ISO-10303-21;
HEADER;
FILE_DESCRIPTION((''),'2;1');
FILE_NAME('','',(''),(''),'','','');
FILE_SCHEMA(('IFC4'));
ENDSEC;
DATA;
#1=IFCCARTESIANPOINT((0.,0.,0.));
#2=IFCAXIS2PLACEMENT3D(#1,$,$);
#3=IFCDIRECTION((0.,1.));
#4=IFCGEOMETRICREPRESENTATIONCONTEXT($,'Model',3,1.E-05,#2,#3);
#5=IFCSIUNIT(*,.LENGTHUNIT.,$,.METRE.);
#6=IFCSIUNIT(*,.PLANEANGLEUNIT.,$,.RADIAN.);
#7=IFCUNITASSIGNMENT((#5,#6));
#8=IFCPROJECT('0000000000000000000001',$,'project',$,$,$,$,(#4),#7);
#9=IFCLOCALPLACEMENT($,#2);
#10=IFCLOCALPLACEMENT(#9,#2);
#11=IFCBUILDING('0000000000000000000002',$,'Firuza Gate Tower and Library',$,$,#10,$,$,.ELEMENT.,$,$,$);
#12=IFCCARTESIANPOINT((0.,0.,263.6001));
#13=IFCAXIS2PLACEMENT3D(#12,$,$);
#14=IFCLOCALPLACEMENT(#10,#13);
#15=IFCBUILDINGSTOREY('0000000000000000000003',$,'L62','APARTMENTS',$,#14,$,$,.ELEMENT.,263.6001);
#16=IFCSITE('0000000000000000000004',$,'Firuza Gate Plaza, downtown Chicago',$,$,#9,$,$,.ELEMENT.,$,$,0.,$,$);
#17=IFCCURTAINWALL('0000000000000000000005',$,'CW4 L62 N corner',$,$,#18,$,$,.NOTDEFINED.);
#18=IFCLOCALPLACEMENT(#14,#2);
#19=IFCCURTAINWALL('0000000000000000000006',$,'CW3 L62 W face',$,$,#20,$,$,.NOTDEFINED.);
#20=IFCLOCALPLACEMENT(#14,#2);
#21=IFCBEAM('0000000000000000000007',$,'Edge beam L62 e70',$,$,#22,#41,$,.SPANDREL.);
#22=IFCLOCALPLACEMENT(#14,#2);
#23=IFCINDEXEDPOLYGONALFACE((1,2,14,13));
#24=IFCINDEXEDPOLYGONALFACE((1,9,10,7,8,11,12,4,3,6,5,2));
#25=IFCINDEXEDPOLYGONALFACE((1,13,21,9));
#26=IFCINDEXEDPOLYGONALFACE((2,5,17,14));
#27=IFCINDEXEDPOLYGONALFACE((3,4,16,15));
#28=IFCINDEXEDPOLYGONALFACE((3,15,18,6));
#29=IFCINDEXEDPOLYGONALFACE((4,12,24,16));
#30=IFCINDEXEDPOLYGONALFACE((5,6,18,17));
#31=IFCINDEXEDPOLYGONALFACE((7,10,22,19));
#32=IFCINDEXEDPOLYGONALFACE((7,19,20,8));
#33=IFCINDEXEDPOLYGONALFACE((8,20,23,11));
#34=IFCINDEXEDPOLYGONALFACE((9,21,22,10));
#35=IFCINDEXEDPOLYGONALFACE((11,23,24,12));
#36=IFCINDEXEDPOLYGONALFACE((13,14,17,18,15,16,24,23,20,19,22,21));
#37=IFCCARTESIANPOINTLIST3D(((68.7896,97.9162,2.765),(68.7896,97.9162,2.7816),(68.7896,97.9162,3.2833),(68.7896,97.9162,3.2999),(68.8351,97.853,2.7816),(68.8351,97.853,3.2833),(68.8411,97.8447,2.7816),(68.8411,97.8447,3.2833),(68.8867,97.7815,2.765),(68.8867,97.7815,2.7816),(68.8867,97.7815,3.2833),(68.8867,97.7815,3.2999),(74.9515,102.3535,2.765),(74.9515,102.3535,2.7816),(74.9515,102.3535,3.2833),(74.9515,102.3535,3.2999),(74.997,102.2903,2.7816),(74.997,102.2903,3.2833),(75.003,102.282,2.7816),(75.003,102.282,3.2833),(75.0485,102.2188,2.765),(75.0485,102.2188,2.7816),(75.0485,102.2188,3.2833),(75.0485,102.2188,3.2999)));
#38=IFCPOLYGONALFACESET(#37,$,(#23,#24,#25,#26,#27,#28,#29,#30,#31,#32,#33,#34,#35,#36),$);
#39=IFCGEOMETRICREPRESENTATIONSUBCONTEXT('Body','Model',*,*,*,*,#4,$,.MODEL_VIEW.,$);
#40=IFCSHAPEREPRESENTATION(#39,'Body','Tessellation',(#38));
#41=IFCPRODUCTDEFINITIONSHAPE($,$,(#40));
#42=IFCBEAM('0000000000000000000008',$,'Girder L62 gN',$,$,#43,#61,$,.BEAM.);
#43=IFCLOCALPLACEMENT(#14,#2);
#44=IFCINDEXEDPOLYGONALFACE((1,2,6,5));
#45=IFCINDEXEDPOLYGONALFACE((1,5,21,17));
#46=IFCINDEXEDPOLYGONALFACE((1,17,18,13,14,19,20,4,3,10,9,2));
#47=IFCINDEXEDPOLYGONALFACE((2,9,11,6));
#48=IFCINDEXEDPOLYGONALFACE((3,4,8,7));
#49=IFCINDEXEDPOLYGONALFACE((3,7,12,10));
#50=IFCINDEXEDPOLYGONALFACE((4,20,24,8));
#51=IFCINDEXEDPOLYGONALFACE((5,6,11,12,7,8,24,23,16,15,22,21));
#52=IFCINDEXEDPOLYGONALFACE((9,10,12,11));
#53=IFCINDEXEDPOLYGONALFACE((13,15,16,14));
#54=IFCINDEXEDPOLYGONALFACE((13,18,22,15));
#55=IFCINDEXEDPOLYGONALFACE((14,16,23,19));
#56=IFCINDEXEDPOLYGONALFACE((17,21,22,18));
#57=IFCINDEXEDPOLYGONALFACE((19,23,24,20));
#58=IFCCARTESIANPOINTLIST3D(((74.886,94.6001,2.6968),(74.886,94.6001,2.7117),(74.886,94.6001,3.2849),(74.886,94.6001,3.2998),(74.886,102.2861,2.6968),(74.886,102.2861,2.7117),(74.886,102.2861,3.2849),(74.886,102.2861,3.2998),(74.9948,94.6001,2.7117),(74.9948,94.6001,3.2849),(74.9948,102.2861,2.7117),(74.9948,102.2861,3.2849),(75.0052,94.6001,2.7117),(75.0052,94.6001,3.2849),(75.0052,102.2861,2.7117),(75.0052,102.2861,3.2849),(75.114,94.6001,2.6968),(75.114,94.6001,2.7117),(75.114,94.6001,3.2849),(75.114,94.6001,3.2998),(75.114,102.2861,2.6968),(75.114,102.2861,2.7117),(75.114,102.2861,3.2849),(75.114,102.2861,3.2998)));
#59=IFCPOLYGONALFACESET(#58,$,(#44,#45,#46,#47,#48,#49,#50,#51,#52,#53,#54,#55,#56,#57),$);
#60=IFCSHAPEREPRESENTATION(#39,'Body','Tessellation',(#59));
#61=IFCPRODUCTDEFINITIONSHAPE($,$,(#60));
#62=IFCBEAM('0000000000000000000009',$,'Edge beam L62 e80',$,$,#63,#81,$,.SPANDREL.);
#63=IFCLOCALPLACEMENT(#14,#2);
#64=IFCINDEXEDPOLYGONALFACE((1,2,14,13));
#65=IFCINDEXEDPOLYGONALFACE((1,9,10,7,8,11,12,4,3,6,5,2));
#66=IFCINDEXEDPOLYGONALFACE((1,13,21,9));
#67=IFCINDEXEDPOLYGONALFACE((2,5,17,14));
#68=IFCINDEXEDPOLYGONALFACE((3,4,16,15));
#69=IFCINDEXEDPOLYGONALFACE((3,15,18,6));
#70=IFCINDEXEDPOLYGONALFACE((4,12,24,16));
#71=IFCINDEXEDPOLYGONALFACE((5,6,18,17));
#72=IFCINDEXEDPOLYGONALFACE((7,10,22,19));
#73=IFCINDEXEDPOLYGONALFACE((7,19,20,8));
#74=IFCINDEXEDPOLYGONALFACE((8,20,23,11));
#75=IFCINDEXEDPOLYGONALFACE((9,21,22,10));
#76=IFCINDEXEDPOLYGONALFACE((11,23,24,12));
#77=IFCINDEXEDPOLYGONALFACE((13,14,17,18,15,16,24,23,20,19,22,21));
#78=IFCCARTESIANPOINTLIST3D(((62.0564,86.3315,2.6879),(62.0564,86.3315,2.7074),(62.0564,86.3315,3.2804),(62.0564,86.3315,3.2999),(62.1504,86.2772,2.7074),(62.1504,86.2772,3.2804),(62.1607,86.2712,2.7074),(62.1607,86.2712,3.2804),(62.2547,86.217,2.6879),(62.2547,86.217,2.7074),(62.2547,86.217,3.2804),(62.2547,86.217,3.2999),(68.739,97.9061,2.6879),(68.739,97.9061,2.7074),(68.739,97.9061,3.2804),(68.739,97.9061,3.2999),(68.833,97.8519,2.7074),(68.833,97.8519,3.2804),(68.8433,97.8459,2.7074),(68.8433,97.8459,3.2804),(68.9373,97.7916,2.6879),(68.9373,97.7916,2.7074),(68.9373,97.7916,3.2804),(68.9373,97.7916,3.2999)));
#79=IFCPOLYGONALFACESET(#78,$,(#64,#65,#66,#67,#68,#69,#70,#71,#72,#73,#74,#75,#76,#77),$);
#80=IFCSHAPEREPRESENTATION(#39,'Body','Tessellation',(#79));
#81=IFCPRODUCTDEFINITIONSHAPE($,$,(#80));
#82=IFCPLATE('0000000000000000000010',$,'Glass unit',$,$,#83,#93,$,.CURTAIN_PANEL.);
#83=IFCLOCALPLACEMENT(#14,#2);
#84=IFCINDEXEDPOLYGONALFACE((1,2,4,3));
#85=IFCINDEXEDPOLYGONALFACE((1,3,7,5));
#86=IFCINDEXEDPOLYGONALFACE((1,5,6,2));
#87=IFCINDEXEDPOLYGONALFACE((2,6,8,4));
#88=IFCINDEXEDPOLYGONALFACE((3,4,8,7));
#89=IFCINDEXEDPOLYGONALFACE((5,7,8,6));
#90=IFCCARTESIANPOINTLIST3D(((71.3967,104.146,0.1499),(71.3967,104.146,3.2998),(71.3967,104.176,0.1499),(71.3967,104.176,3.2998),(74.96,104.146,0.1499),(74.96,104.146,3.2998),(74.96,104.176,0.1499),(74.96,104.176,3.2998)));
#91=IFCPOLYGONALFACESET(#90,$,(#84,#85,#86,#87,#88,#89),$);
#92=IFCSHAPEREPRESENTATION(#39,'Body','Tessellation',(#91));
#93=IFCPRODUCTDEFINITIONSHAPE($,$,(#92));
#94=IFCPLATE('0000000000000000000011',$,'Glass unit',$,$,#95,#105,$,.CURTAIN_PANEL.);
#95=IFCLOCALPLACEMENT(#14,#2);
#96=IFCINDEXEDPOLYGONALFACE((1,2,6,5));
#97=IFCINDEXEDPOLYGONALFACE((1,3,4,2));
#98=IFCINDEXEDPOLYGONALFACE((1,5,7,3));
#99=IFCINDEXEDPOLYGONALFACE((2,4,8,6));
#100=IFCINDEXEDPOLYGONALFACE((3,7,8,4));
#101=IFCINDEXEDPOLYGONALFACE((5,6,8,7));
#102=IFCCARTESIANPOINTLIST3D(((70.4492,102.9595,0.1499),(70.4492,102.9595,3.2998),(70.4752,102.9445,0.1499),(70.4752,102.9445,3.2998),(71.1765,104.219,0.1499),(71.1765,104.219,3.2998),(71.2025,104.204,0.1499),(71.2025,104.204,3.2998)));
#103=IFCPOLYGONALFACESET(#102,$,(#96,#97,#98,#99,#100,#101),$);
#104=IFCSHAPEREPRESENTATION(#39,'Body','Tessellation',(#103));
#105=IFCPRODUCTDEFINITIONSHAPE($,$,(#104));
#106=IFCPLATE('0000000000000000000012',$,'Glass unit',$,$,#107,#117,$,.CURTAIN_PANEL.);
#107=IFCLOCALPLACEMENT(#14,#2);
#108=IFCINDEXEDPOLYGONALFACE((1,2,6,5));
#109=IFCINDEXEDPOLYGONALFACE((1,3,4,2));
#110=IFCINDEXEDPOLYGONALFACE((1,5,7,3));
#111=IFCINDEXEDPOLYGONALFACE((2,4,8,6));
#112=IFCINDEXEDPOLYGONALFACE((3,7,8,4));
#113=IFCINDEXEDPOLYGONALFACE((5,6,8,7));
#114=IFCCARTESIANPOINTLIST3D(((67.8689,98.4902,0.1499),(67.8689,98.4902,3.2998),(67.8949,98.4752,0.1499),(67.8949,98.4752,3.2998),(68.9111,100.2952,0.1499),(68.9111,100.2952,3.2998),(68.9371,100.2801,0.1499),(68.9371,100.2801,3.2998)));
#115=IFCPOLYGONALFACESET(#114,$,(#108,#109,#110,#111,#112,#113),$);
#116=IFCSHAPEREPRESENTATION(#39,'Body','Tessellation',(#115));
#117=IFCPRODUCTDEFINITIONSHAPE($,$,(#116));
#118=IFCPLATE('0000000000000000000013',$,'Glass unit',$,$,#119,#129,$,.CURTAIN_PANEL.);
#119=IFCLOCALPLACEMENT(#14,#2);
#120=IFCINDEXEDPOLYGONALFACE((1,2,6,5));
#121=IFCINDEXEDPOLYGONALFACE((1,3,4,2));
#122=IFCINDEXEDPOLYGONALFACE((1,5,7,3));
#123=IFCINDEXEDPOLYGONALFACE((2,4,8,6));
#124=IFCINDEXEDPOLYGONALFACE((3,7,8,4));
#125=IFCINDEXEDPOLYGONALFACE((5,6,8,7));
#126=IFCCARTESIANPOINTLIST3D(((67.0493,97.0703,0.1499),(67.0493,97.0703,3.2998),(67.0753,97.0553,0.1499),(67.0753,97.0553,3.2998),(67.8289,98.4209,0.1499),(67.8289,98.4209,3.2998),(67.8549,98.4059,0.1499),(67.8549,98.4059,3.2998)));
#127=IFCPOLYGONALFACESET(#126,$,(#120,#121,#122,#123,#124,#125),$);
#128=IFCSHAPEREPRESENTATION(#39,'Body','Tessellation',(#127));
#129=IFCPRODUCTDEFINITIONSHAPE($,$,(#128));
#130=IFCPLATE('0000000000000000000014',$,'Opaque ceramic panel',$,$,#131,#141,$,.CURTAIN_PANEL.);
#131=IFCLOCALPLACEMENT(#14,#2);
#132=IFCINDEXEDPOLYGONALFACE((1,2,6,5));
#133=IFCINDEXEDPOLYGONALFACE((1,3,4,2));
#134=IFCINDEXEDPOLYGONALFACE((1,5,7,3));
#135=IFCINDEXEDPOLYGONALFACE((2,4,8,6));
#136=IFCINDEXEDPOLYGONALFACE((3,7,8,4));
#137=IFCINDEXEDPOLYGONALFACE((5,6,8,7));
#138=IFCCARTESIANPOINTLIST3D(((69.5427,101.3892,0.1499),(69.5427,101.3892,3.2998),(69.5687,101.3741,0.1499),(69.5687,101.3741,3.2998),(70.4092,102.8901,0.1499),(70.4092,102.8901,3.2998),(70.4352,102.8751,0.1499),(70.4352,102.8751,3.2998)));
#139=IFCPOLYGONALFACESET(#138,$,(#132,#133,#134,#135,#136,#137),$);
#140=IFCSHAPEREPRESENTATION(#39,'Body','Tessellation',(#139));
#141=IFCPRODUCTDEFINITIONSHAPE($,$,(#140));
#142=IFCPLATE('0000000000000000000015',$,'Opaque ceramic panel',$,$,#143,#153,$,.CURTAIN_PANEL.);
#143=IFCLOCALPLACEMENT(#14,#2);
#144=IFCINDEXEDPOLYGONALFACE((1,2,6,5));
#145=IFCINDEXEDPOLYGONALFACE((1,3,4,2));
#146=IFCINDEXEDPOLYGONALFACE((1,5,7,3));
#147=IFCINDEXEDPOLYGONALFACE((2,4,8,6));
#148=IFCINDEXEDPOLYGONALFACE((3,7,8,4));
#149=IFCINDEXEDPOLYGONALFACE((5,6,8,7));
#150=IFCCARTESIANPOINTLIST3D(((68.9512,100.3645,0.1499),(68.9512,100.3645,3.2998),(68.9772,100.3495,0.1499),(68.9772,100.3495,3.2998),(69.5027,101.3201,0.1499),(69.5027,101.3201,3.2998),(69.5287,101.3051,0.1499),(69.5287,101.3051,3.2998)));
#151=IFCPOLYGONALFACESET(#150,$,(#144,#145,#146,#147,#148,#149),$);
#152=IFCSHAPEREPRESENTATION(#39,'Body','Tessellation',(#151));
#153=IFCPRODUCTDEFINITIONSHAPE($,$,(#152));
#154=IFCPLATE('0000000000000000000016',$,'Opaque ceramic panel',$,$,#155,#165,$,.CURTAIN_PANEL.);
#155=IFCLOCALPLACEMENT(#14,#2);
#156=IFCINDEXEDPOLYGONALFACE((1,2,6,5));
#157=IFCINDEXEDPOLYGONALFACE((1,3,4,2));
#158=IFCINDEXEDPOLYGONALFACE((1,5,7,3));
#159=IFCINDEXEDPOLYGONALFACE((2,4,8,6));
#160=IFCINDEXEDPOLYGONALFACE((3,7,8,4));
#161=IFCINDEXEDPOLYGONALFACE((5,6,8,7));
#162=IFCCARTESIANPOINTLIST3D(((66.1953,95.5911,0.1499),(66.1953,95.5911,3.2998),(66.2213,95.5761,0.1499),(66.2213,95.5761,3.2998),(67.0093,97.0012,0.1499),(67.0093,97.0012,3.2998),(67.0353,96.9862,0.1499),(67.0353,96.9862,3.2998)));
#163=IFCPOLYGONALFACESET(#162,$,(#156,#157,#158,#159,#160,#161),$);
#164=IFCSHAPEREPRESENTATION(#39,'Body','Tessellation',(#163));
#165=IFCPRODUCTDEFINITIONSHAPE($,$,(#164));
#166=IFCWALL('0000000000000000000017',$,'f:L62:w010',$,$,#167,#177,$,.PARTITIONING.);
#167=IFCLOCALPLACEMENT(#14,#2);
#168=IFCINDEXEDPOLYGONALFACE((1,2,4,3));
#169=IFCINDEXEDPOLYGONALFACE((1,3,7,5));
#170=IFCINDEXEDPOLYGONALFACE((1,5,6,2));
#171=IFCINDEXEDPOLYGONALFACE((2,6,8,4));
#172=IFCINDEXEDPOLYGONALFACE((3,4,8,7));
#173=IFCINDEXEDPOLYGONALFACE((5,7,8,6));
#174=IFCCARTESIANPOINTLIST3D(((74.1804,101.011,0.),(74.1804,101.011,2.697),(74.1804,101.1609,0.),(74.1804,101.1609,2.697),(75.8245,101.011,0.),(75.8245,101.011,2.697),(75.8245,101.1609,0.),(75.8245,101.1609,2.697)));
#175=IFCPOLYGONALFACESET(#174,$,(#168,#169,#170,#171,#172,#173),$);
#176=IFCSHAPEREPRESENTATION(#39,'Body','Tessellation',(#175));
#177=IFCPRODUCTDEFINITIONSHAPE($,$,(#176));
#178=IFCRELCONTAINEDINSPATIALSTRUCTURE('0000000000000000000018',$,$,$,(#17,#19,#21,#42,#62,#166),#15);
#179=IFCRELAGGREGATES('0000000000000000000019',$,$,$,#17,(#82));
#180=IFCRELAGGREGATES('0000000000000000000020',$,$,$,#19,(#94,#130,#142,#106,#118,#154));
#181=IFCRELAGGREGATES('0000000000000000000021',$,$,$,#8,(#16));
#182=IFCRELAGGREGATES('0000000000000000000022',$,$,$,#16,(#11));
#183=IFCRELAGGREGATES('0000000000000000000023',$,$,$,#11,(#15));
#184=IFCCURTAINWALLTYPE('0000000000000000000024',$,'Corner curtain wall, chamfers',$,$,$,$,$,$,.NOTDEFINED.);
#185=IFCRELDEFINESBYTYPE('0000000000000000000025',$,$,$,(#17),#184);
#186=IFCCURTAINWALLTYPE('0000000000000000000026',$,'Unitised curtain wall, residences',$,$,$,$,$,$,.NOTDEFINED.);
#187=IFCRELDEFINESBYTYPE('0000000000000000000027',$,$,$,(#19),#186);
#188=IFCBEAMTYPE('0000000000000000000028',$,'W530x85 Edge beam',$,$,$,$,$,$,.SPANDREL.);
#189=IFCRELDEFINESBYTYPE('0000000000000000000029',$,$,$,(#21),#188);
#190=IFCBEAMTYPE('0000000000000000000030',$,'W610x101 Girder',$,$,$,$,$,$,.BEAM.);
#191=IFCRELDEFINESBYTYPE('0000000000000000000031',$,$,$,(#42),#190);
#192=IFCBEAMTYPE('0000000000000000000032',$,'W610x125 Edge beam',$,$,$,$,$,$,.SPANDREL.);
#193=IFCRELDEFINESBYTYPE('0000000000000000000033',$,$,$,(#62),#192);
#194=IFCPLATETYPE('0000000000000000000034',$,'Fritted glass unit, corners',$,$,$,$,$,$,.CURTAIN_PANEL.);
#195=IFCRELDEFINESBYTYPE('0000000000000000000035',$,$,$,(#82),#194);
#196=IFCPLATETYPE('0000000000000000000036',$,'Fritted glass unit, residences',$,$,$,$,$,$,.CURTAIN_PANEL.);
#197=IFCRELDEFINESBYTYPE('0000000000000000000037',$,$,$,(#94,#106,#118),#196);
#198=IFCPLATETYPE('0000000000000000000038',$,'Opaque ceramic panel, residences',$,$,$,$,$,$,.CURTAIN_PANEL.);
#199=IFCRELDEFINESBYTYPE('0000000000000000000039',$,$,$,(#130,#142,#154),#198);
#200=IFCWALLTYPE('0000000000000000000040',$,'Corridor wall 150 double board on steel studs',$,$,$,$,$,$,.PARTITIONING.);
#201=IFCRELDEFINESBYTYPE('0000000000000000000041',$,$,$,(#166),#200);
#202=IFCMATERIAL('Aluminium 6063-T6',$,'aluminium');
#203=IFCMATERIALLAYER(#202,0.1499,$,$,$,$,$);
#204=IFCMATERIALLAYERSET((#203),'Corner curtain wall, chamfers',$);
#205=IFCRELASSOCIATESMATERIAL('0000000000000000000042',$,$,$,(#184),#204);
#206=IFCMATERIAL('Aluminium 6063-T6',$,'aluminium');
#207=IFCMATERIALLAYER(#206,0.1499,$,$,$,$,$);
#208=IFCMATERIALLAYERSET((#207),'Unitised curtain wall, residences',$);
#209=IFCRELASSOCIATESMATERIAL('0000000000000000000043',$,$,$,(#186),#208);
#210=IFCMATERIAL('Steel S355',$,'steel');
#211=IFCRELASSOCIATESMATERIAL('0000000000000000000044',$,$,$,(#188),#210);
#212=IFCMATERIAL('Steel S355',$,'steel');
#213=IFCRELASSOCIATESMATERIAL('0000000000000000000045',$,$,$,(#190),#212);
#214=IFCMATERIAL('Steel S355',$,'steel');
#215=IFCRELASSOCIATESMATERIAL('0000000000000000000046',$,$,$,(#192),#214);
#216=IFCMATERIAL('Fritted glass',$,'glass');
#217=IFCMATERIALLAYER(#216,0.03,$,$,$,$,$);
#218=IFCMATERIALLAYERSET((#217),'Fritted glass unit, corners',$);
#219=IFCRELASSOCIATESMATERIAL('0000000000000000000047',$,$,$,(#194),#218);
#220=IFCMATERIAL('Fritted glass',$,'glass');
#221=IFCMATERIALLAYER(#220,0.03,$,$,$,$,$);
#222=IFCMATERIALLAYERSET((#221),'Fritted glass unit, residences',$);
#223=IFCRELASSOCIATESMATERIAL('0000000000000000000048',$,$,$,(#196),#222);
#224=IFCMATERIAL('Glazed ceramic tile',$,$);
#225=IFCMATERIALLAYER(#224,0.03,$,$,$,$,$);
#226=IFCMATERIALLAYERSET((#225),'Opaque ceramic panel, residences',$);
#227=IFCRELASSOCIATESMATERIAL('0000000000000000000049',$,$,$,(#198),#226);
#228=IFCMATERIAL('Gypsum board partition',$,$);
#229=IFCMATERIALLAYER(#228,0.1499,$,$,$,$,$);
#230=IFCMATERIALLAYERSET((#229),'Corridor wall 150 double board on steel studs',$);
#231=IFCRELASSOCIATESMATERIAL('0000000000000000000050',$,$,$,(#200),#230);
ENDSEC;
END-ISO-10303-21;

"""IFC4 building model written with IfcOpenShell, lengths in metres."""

from ifc_helpers import new_model, si_unit, direction, frame, frame_2d, origin, origin_2d, place, context, subcontext, project, spatial, polyline, rectangle, i_section, outline, extrude, material, layer, layer_set, material_profile, profile_set, type_object, element, aggregate, save


model = new_model("IFC4")

# Units and contexts
model_context = context("Model", 3, precision=1e-05, world=origin(), true_north=direction((0.0, 1.0)))
body_context = subcontext(model_context, "Body", "Model", "MODEL_VIEW")
ifc_project = project(units=[si_unit("LENGTHUNIT", "METRE"), si_unit("PLANEANGLEUNIT", "RADIAN")], contexts=[model_context])

# Site, building, storey
site_placement = place(None, origin())
site = spatial("IfcSite", under=ifc_project, at=site_placement, Name="Firuza Gate Plaza, downtown Chicago", CompositionType="ELEMENT", RefElevation=0.0)
building_placement = place(site_placement, origin())
building = spatial("IfcBuilding", under=site, at=building_placement, Name="Firuza Gate Tower and Library", CompositionType="ELEMENT")
storey_placement = place(building_placement, frame((0.0, 0.0, 263.6001)))
storey = spatial("IfcBuildingStorey", under=building, at=storey_placement, Name="L62", Description="APARTMENTS", CompositionType="ELEMENT", Elevation=263.6001)

# Curtain wall
ifc_material_1 = material(Name="Aluminium 6063-T6", Category="aluminium")
ifc_layer_1 = layer(ifc_material_1, 0.1499)
ifc_layer_set_1 = layer_set([ifc_layer_1], Name="Corner curtain wall, chamfers")
curtain_wall_type_1 = type_object("IfcCurtainWallType", Name="Corner curtain wall, chamfers", PredefinedType="NOTDEFINED", material=ifc_layer_set_1)
placement = place(storey_placement, origin())
curtain_wall_1 = element("IfcCurtainWall", 1, at=placement, inside=storey, type_object=curtain_wall_type_1, Name="CW4 L62 N corner", PredefinedType="NOTDEFINED")

# Curtain wall
ifc_material_2 = material(Name="Aluminium 6063-T6", Category="aluminium")
ifc_layer_2 = layer(ifc_material_2, 0.1499)
ifc_layer_set_2 = layer_set([ifc_layer_2], Name="Unitised curtain wall, residences")
curtain_wall_type_2 = type_object("IfcCurtainWallType", Name="Unitised curtain wall, residences", PredefinedType="NOTDEFINED", material=ifc_layer_set_2)
curtain_wall_2 = element("IfcCurtainWall", 2, at=placement, inside=storey, type_object=curtain_wall_type_2, Name="CW3 L62 W face", PredefinedType="NOTDEFINED")

# Beams
ifc_material_3 = material(Name="Steel S355", Category="steel")
ifc_material_profile_1 = material_profile(ifc_material_3, i_section(OverallWidth=0.166, OverallDepth=0.5349, WebThickness=0.0103, FlangeThickness=0.0166, at=origin_2d()))
ifc_profile_set_1 = profile_set([ifc_material_profile_1], Name="Steel S355")
beam_type_1 = type_object("IfcBeamType", Name="W530x85 Edge beam", PredefinedType="SPANDREL", material=ifc_profile_set_1)
beam_1_placement = place(storey_placement, frame((75.0, 102.2861, 3.0325), z_axis=(-0.81149, -0.584367, 0.0), x_axis=(0.584367, -0.81149, 0.0)))
element("IfcBeam", 3, at=beam_1_placement, inside=storey, type_object=beam_type_1, Name="Edge beam L62 e70", PredefinedType="SPANDREL", context=body_context, shape_type="SweptSolid", body=[
    extrude(i_section(OverallWidth=0.166, OverallDepth=0.5349, WebThickness=0.0103, FlangeThickness=0.0166, at=origin_2d()), origin(), (0.0, 0.0, 1.0), 7.5933),
])
ifc_material_4 = material(Name="Steel S355", Category="steel")
ifc_material_profile_2 = material_profile(ifc_material_4, i_section(OverallWidth=0.228, OverallDepth=0.603, WebThickness=0.0105, FlangeThickness=0.0149, at=origin_2d()))
ifc_profile_set_2 = profile_set([ifc_material_profile_2], Name="Steel S355")
beam_type_2 = type_object("IfcBeamType", Name="W610x101 Girder", PredefinedType="BEAM", material=ifc_profile_set_2)
beam_2_placement = place(storey_placement, frame((75.0, 102.2861, 2.9983), z_axis=(0.0, -1.0, 0.0), x_axis=(1.0, 0.0, 0.0)))
element("IfcBeam", 4, at=beam_2_placement, inside=storey, type_object=beam_type_2, Name="Girder L62 gN", PredefinedType="BEAM", context=body_context, shape_type="SweptSolid", body=[
    extrude(i_section(OverallWidth=0.228, OverallDepth=0.603, WebThickness=0.0105, FlangeThickness=0.0149, at=origin_2d()), origin(), (0.0, 0.0, 1.0), 7.686),
])
ifc_material_5 = material(Name="Steel S355", Category="steel")
ifc_material_profile_3 = material_profile(ifc_material_5, i_section(OverallWidth=0.229, OverallDepth=0.6121, WebThickness=0.012, FlangeThickness=0.0195, at=origin_2d()))
ifc_profile_set_3 = profile_set([ifc_material_profile_3], Name="Steel S355")
beam_type_3 = type_object("IfcBeamType", Name="W610x125 Edge beam", PredefinedType="SPANDREL", material=ifc_profile_set_3)
beam_3_placement = place(storey_placement, frame((68.8381, 97.8489, 2.9939), z_axis=(-0.499998, -0.866027, 0.0), x_axis=(0.866027, -0.499998, 0.0)))
element("IfcBeam", 5, at=beam_3_placement, inside=storey, type_object=beam_type_3, Name="Edge beam L62 e80", PredefinedType="SPANDREL", context=body_context, shape_type="SweptSolid", body=[
    extrude(i_section(OverallWidth=0.229, OverallDepth=0.6121, WebThickness=0.012, FlangeThickness=0.0195, at=origin_2d()), origin(), (0.0, 0.0, 1.0), 13.3652),
])

# Plates
ifc_material_6 = material(Name="Fritted glass", Category="glass")
ifc_layer_3 = layer(ifc_material_6, 0.03)
ifc_layer_set_3 = layer_set([ifc_layer_3], Name="Fritted glass unit, corners")
plate_type_1 = type_object("IfcPlateType", Name="Fritted glass unit, corners", PredefinedType="CURTAIN_PANEL", material=ifc_layer_set_3)
plate_1_placement = place(storey_placement, frame((74.96, 104.176, 0.1499), z_axis=(0.0, 1.0, 0.0), x_axis=(-1.0, 0.0, 0.0)))
plate_1 = element("IfcPlate", 6, at=plate_1_placement, type_object=plate_type_1, Name="Glass unit", PredefinedType="CURTAIN_PANEL", context=body_context, shape_type="SweptSolid", body=[
    extrude(outline(polyline([(0.0, 0.0), (3.5632, 0.0), (3.5632, 3.1499), (0.0, 3.1499), (0.0, 0.0)])), origin(), (0.0, 0.0, -1.0), 0.03),
])
aggregate(curtain_wall_1, [plate_1])
ifc_material_7 = material(Name="Fritted glass", Category="glass")
ifc_layer_4 = layer(ifc_material_7, 0.03)
ifc_layer_set_4 = layer_set([ifc_layer_4], Name="Fritted glass unit, residences")
plate_type_2 = type_object("IfcPlateType", Name="Fritted glass unit, residences", PredefinedType="CURTAIN_PANEL", material=ifc_layer_set_4)
plate_2_placement = place(storey_placement, frame((71.1765, 104.219, 0.1499), z_axis=(-0.865993, 0.500057, 0.0), x_axis=(-0.500057, -0.865993, 0.0)))
plate_2 = element("IfcPlate", 7, at=plate_2_placement, type_object=plate_type_2, Name="Glass unit", PredefinedType="CURTAIN_PANEL", context=body_context, shape_type="SweptSolid", body=[
    extrude(outline(polyline([(0.0, 0.0), (1.4544, 0.0), (1.4544, 3.1499), (0.0, 3.1499), (0.0, 0.0)])), origin(), (0.0, 0.0, -1.0), 0.03),
])
plate_3_placement = place(storey_placement, frame((68.9111, 100.2952, 0.1499), z_axis=(-0.865992, 0.500057, 0.0), x_axis=(-0.500057, -0.865992, 0.0)))
plate_3 = element("IfcPlate", 8, at=plate_3_placement, type_object=plate_type_2, Name="Glass unit", PredefinedType="CURTAIN_PANEL", context=body_context, shape_type="SweptSolid", body=[
    extrude(outline(polyline([(0.0, 0.0), (2.0842, 0.0), (2.0842, 3.1499), (0.0, 3.1499), (0.0, 0.0)])), origin(), (0.0, 0.0, -1.0), 0.03),
])
plate_4_placement = place(storey_placement, frame((67.8289, 98.4209, 0.1499), z_axis=(-0.866087, 0.499894, 0.0), x_axis=(-0.499894, -0.866087, 0.0)))
plate_4 = element("IfcPlate", 9, at=plate_4_placement, type_object=plate_type_2, Name="Glass unit", PredefinedType="CURTAIN_PANEL", context=body_context, shape_type="SweptSolid", body=[
    extrude(outline(polyline([(0.0, 0.0), (1.5594, 0.0), (1.5594, 3.1499), (0.0, 3.1499), (0.0, 0.0)])), origin(), (0.0, 0.0, -1.0), 0.03),
])
ifc_material_8 = material(Name="Glazed ceramic tile")
ifc_layer_5 = layer(ifc_material_8, 0.03)
ifc_layer_set_5 = layer_set([ifc_layer_5], Name="Opaque ceramic panel, residences")
plate_type_3 = type_object("IfcPlateType", Name="Opaque ceramic panel, residences", PredefinedType="CURTAIN_PANEL", material=ifc_layer_set_5)
plate_5_placement = place(storey_placement, frame((70.4092, 102.8901, 0.1499), z_axis=(-0.866059, 0.499942, 0.0), x_axis=(-0.499942, -0.866059, 0.0)))
plate_5 = element("IfcPlate", 10, at=plate_5_placement, type_object=plate_type_3, Name="Opaque ceramic panel", PredefinedType="CURTAIN_PANEL", context=body_context, shape_type="SweptSolid", body=[
    extrude(outline(polyline([(0.0, 0.0), (1.7331, 0.0), (1.7331, 3.1499), (0.0, 3.1499), (0.0, 0.0)])), origin(), (0.0, 0.0, -1.0), 0.03),
])
plate_6_placement = place(storey_placement, frame((69.5027, 101.3201, 0.1499), z_axis=(-0.866097, 0.499876, 0.0), x_axis=(-0.499876, -0.866097, 0.0)))
plate_6 = element("IfcPlate", 11, at=plate_6_placement, type_object=plate_type_3, Name="Opaque ceramic panel", PredefinedType="CURTAIN_PANEL", context=body_context, shape_type="SweptSolid", body=[
    extrude(outline(polyline([(0.0, 0.0), (1.1033, 0.0), (1.1033, 3.1499), (0.0, 3.1499), (0.0, 0.0)])), origin(), (0.0, 0.0, -1.0), 0.03),
])
plate_7_placement = place(storey_placement, frame((67.0093, 97.0012, 0.1499), z_axis=(-0.866076, 0.499913, 0.0), x_axis=(-0.499913, -0.866076, 0.0)))
plate_7 = element("IfcPlate", 12, at=plate_7_placement, type_object=plate_type_3, Name="Opaque ceramic panel", PredefinedType="CURTAIN_PANEL", context=body_context, shape_type="SweptSolid", body=[
    extrude(outline(polyline([(0.0, 0.0), (1.6282, 0.0), (1.6282, 3.1499), (0.0, 3.1499), (0.0, 0.0)])), origin(), (0.0, 0.0, -1.0), 0.03),
])
aggregate(curtain_wall_2, [plate_2, plate_5, plate_6, plate_3, plate_4, plate_7])

# Wall
ifc_material_9 = material(Name="Gypsum board partition")
ifc_layer_6 = layer(ifc_material_9, 0.1499)
ifc_layer_set_6 = layer_set([ifc_layer_6], Name="Corridor wall 150 double board on steel studs")
wall_type_1 = type_object("IfcWallType", Name="Corridor wall 150 double board on steel studs", PredefinedType="PARTITIONING", material=ifc_layer_set_6)
wall_1_placement = place(storey_placement, frame((74.1804, 101.0859, 0.0), z_axis=(0.0, 0.0, 1.0), x_axis=(1.0, 0.0, 0.0)))
element("IfcWall", 13, at=wall_1_placement, inside=storey, type_object=wall_type_1, Name="f:L62:w010", PredefinedType="PARTITIONING", context=body_context, shape_type="SweptSolid", body=[
    extrude(rectangle(XDim=1.644, YDim=0.1499, at=frame_2d((0.822, 0.0))), origin(), (0.0, 0.0, 1.0), 2.697),
])

save(model, "model.ifc")
